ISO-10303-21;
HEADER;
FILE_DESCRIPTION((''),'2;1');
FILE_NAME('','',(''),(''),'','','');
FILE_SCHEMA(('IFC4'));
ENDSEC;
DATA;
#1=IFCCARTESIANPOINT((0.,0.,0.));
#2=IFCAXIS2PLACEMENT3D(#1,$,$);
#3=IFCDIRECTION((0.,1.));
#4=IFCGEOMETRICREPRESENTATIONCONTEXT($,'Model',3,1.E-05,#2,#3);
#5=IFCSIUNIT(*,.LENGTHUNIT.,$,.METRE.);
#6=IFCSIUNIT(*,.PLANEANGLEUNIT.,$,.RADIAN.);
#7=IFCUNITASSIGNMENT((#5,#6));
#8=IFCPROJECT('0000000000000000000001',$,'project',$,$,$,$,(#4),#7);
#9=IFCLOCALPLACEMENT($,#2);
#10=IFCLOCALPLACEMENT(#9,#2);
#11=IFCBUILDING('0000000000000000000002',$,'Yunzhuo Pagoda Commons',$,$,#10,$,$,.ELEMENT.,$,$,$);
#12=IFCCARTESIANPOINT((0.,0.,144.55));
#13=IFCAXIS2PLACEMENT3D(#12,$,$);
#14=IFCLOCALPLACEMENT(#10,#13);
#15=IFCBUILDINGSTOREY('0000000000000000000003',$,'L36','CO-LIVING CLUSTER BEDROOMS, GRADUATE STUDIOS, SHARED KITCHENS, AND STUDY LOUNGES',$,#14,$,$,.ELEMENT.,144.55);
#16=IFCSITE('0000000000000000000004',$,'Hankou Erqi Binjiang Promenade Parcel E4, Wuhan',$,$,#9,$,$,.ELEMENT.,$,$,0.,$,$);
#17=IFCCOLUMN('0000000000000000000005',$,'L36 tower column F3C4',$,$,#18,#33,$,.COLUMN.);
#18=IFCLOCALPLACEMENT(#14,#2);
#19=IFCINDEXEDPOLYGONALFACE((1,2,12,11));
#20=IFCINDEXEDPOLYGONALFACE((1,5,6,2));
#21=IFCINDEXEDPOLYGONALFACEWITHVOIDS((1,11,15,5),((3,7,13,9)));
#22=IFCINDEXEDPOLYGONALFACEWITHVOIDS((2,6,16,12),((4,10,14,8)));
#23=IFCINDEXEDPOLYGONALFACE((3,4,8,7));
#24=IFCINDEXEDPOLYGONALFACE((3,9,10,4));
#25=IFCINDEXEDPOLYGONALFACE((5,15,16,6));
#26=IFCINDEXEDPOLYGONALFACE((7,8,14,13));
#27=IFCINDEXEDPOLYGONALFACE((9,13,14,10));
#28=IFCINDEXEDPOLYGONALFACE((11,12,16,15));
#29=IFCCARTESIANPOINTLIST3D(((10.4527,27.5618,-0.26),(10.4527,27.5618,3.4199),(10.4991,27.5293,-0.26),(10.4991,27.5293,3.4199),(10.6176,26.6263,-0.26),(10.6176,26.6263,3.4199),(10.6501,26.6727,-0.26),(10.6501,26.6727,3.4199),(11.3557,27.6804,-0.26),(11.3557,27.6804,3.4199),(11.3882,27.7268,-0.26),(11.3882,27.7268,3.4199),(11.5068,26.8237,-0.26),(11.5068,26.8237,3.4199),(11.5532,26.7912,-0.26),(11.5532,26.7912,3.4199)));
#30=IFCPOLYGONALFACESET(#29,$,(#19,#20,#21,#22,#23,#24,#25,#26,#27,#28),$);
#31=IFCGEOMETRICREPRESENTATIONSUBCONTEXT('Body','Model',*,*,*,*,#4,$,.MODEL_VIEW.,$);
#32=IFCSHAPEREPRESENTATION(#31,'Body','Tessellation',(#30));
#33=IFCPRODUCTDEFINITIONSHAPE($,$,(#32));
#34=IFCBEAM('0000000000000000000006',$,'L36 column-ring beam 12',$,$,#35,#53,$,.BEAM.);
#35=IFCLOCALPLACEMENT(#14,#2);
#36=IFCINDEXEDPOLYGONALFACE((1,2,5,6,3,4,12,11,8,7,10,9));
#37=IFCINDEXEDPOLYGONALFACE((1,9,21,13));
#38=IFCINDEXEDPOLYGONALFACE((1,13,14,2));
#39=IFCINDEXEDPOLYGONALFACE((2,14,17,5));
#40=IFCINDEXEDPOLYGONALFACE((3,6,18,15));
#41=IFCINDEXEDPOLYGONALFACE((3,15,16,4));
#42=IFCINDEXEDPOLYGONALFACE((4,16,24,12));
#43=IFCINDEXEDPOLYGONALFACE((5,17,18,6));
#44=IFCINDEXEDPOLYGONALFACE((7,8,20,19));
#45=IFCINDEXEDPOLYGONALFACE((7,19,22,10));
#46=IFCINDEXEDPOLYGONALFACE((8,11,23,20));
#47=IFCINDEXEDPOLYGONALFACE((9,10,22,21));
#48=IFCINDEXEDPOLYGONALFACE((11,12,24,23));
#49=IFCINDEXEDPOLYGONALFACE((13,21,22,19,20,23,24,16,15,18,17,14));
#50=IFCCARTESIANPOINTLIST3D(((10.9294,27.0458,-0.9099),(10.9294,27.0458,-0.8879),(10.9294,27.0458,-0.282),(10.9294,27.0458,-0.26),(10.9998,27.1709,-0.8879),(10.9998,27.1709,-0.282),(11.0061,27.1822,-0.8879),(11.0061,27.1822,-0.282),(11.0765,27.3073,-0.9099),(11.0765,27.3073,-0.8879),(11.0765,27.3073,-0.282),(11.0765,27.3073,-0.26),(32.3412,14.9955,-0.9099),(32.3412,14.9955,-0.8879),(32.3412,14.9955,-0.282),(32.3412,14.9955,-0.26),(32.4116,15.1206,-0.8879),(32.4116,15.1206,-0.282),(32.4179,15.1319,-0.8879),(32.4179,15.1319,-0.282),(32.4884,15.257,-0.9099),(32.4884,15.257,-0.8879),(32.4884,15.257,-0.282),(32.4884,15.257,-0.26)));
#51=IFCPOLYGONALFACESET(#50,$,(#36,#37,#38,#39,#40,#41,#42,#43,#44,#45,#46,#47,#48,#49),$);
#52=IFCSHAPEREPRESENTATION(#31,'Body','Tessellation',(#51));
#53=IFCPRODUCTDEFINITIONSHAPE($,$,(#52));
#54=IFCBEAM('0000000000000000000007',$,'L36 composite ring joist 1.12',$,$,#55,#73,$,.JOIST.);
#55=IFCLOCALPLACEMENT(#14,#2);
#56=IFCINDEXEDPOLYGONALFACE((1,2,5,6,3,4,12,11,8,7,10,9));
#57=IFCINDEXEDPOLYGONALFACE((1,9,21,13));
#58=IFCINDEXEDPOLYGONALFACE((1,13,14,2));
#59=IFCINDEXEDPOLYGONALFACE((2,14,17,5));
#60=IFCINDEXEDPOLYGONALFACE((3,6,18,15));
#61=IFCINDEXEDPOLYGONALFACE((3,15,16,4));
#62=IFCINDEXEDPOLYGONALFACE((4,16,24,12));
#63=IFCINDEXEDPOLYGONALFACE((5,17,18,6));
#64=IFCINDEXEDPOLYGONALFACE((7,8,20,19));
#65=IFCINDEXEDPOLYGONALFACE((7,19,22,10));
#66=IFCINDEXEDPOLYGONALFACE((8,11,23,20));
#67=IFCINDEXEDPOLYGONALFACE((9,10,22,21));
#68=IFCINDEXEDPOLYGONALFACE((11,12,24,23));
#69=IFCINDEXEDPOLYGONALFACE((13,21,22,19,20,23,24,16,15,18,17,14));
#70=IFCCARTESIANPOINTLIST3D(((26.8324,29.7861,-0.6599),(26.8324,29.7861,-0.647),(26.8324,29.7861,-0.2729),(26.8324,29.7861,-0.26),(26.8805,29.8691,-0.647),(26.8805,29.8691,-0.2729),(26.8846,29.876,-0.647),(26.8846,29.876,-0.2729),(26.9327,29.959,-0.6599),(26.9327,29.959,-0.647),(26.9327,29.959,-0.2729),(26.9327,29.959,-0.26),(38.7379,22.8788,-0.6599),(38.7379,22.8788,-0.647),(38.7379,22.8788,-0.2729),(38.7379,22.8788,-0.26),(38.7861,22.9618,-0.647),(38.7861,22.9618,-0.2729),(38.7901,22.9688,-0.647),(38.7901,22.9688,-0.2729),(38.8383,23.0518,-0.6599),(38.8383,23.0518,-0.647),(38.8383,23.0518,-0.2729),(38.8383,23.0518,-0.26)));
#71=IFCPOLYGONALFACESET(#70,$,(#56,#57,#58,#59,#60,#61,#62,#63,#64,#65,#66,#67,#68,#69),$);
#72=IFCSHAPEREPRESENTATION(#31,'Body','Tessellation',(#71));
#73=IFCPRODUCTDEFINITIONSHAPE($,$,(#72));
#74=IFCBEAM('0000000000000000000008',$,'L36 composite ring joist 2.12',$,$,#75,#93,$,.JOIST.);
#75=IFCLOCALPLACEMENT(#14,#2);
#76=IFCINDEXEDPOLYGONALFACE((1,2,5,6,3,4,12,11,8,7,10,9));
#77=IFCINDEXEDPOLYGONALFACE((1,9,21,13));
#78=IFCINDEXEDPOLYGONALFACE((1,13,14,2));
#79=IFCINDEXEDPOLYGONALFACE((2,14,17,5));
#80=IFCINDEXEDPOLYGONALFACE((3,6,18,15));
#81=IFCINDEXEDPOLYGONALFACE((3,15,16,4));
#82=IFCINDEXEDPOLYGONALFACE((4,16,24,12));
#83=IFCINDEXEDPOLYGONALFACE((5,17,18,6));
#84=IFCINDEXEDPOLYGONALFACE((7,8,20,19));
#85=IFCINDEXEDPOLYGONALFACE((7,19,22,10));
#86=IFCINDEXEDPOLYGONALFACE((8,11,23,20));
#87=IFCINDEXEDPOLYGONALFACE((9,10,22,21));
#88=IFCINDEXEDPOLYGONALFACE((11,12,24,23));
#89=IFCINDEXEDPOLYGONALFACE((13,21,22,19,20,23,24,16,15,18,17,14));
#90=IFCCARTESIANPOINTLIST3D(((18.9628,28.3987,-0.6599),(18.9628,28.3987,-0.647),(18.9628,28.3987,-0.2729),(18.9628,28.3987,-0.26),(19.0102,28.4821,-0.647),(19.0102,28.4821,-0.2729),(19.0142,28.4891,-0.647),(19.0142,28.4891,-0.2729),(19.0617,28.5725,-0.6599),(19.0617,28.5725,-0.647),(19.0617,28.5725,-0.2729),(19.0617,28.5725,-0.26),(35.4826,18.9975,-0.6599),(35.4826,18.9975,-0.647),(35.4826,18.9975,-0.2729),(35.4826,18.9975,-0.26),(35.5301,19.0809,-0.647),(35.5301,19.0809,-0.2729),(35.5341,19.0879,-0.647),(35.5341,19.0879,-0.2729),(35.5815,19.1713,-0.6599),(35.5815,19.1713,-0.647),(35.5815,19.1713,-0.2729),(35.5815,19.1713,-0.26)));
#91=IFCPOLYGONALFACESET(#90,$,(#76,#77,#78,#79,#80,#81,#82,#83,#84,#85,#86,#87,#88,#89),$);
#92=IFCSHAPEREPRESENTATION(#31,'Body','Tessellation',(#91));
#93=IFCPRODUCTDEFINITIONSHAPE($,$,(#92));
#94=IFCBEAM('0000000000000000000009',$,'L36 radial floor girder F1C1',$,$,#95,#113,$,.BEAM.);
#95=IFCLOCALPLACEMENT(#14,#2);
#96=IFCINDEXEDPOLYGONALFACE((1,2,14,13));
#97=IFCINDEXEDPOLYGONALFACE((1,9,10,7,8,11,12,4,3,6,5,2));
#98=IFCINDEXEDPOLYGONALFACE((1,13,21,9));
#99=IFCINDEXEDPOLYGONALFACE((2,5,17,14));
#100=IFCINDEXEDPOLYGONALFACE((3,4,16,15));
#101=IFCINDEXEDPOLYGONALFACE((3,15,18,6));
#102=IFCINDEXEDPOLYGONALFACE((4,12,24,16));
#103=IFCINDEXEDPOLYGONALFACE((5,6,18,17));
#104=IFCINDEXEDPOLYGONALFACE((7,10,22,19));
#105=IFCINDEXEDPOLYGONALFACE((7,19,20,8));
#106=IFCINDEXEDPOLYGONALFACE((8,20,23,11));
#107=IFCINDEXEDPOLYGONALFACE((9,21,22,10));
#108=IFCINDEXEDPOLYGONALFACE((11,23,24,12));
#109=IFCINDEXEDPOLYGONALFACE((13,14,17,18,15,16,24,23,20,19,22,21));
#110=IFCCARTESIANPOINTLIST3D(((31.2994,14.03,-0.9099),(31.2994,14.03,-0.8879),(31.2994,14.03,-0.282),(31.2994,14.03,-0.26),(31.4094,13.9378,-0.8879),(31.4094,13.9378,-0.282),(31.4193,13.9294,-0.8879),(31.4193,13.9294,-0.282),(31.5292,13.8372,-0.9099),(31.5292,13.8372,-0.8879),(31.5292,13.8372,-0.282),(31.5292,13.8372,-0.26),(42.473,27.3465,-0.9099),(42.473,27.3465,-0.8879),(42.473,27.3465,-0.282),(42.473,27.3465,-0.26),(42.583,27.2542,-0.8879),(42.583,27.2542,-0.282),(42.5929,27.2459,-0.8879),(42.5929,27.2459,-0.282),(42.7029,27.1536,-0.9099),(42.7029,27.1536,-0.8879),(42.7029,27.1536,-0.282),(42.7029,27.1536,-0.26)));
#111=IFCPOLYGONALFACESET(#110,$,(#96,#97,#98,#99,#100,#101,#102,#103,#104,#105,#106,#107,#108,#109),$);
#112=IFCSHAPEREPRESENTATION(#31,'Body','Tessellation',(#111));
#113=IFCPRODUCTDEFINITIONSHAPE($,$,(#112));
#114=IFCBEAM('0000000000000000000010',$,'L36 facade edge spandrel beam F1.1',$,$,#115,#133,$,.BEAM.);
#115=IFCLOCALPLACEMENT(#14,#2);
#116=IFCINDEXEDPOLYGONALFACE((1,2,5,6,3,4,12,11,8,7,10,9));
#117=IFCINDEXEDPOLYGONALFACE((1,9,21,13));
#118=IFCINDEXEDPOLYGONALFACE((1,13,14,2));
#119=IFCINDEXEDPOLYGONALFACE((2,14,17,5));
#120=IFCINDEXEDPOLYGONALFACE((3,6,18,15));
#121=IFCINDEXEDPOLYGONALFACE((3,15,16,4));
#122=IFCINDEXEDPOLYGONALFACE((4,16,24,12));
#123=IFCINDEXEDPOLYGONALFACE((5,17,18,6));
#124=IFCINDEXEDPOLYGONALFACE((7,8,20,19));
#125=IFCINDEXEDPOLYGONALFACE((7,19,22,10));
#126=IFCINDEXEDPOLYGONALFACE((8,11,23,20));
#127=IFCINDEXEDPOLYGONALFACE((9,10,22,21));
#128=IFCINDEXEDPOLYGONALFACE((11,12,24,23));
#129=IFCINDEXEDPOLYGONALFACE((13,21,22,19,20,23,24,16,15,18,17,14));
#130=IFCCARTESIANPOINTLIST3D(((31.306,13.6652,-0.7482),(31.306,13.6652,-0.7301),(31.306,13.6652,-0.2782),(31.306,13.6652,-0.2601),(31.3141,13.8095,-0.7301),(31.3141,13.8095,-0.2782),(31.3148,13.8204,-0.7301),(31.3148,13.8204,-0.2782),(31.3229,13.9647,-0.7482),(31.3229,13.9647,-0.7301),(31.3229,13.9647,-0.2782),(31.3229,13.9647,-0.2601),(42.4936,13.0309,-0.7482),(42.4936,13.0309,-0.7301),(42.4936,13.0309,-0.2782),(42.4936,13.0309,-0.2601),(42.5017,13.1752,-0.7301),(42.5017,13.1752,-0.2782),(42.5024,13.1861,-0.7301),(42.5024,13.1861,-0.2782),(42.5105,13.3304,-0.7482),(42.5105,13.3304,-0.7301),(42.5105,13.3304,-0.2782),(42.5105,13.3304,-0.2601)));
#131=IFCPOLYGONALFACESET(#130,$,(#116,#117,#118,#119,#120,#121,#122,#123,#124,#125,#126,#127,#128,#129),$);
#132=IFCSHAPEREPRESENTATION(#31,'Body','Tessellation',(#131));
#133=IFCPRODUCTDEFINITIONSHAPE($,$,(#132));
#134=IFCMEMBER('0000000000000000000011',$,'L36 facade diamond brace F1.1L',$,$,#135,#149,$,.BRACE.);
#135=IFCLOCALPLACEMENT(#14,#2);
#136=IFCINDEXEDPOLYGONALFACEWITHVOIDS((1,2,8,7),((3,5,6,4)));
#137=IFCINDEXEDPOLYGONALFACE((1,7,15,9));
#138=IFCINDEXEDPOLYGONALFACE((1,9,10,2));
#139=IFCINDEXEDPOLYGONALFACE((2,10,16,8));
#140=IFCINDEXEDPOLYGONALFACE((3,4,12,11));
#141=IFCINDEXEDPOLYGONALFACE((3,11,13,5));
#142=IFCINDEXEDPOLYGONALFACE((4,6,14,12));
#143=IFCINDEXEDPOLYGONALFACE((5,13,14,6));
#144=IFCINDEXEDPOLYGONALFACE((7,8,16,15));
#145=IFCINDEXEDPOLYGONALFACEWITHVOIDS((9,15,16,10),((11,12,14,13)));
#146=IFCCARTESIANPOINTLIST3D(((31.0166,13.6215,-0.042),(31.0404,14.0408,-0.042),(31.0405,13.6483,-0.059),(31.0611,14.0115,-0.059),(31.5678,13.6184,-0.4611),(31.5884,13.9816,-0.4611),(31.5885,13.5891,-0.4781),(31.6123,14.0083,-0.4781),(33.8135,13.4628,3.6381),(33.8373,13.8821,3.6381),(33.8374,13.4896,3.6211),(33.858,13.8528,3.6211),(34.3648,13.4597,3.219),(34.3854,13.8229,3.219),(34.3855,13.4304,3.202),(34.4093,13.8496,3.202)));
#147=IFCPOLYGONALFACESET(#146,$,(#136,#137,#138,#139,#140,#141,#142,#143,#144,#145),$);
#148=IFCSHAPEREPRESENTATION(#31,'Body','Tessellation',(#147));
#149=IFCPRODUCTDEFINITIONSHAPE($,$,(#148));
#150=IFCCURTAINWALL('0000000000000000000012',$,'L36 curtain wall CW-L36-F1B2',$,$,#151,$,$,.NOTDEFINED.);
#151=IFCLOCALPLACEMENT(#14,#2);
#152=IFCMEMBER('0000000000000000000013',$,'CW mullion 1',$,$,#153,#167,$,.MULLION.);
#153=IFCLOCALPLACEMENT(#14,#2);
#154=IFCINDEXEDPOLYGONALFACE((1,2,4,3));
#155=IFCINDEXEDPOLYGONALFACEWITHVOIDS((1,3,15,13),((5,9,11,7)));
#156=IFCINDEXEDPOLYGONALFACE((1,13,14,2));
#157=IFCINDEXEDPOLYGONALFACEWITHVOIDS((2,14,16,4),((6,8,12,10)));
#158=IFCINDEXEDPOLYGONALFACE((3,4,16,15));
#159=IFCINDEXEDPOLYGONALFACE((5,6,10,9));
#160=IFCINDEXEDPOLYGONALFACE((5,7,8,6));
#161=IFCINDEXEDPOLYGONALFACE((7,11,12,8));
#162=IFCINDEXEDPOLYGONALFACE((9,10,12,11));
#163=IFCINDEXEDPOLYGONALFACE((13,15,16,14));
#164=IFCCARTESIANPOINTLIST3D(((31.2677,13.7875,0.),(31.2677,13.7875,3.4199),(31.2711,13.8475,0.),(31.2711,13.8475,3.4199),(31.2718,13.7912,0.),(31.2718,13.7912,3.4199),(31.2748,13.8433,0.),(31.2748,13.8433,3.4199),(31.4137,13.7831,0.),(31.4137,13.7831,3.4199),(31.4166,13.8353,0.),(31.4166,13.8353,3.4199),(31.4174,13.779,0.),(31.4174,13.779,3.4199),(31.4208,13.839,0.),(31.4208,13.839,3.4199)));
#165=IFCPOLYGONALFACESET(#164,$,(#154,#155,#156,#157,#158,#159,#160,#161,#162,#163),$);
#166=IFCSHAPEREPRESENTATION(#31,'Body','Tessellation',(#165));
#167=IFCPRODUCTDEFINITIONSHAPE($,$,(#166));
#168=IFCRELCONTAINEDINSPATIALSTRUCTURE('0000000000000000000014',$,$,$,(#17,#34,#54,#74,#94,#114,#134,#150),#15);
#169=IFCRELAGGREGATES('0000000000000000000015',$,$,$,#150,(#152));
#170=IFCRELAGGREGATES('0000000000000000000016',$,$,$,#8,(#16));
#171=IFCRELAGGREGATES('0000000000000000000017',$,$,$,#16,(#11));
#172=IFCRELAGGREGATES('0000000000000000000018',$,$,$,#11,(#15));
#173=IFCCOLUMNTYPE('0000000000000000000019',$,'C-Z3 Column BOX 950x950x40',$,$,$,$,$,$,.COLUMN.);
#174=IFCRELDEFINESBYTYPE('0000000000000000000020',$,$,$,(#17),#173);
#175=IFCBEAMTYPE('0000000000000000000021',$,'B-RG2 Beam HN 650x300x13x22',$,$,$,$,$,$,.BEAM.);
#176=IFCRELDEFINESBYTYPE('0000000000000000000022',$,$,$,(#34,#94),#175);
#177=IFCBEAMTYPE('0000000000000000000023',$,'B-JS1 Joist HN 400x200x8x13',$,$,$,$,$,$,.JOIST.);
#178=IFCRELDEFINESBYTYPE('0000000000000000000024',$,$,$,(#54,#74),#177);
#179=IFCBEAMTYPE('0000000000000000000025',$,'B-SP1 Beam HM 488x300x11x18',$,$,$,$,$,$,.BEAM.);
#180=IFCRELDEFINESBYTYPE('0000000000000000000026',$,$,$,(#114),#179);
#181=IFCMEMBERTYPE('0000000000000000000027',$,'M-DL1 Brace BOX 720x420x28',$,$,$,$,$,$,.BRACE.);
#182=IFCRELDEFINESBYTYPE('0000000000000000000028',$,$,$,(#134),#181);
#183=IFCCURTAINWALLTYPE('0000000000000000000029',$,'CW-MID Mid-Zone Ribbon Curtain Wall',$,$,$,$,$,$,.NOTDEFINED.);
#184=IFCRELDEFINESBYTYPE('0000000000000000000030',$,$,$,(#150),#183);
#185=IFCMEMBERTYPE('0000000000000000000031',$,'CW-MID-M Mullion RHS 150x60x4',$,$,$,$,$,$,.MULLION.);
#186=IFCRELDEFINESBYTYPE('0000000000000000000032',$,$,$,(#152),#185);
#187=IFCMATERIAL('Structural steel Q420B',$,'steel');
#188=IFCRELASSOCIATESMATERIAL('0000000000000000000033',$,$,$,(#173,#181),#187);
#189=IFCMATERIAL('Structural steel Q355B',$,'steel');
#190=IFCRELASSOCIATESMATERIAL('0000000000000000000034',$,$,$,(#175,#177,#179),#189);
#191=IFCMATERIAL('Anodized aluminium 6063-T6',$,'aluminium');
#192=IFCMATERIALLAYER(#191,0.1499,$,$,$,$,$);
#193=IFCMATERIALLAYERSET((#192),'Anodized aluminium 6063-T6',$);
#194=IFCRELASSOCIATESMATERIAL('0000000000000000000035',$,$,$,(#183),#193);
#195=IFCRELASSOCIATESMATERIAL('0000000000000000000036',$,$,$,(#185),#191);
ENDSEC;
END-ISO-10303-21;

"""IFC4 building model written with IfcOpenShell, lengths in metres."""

from ifc_helpers import new_model, si_unit, direction, frame, origin, origin_2d, place, context, subcontext, project, spatial, hollow_rectangle, i_section, extrude, source, transform, mapped, material, layer, layer_set, material_profile, profile_set, type_object, element, aggregate, save


model = new_model("IFC4")

# Units and contexts
model_context = context("Model", 3, precision=1e-05, world=origin(), true_north=direction((0.0, 1.0)))
body_context = subcontext(model_context, "Body", "Model", "MODEL_VIEW")
ifc_project = project(units=[si_unit("LENGTHUNIT", "METRE"), si_unit("PLANEANGLEUNIT", "RADIAN")], contexts=[model_context])

# Site, building, storey
site_placement = place(None, origin())
site = spatial("IfcSite", under=ifc_project, at=site_placement, Name="Hankou Erqi Binjiang Promenade Parcel E4, Wuhan", CompositionType="ELEMENT", RefElevation=0.0)
building_placement = place(site_placement, origin())
building = spatial("IfcBuilding", under=site, at=building_placement, Name="Yunzhuo Pagoda Commons", CompositionType="ELEMENT")
storey_placement = place(building_placement, frame((0.0, 0.0, 144.55)))
storey = spatial("IfcBuildingStorey", under=building, at=storey_placement, Name="L36", Description="CO-LIVING CLUSTER BEDROOMS, GRADUATE STUDIOS, SHARED KITCHENS, AND STUDY LOUNGES", CompositionType="ELEMENT", Elevation=144.55)

# Column
ifc_material_1 = material(Name="Structural steel Q420B", Category="steel")
ifc_material_profile_1 = material_profile(ifc_material_1, hollow_rectangle(XDim=0.95, YDim=0.95, WallThickness=0.04, at=origin_2d()), Name="Structural steel Q420B")
ifc_profile_set_1 = profile_set([ifc_material_profile_1], Name="Structural steel Q420B")
column_type = type_object("IfcColumnType", Name="C-Z3 Column BOX 950x950x40", PredefinedType="COLUMN", material=ifc_profile_set_1)
shared_shape_1 = source(origin(), body_context, "Body", "SweptSolid", [
    extrude(hollow_rectangle(XDim=0.95, YDim=0.95, WallThickness=0.04, at=origin_2d()), origin(), (0.0, 0.0, 1.0), 3.6799),
])
column_placement = place(storey_placement, frame((11.0029, 27.1765, -0.26), z_axis=(0.0, 0.0, 1.0), x_axis=(0.173648, -0.984808, 0.0)))
element("IfcColumn", 1, at=column_placement, inside=storey, type_object=column_type, Name="L36 tower column F3C4", PredefinedType="COLUMN", context=body_context, shape_type="MappedRepresentation", body=[
    mapped(shared_shape_1, transform((0.0, 0.0, 0.0), scale=1.0)),
])

# Beams
ifc_material_2 = material(Name="Structural steel Q355B", Category="steel")
ifc_material_profile_2 = material_profile(ifc_material_2, i_section(OverallWidth=0.3, OverallDepth=0.6499, WebThickness=0.0129, FlangeThickness=0.022, at=origin_2d()), Name="Structural steel Q355B")
ifc_profile_set_2 = profile_set([ifc_material_profile_2], Name="Structural steel Q355B")
beam_type_1 = type_object("IfcBeamType", Name="B-RG2 Beam HN 650x300x13x22", PredefinedType="BEAM", material=ifc_profile_set_2)
shared_shape_2 = source(origin(), body_context, "Body", "SweptSolid", [
    extrude(i_section(OverallWidth=0.3, OverallDepth=0.6499, WebThickness=0.0129, FlangeThickness=0.022, at=origin_2d()), origin(), (0.0, 0.0, 1.0), 24.5698),
])
beam_1_placement = place(storey_placement, frame((11.0029, 27.1765, -0.585), z_axis=(0.871469, -0.49045, 0.0), x_axis=(0.49045, 0.871469, 0.0)))
element("IfcBeam", 2, at=beam_1_placement, inside=storey, type_object=beam_type_1, Name="L36 column-ring beam 12", PredefinedType="BEAM", context=body_context, shape_type="MappedRepresentation", body=[
    mapped(shared_shape_2, transform((0.0, 0.0, 0.0), scale=1.0)),
])
ifc_material_profile_3 = material_profile(ifc_material_2, i_section(OverallWidth=0.2, OverallDepth=0.3999, WebThickness=0.0081, FlangeThickness=0.0129, at=origin_2d()), Name="Structural steel Q355B")
ifc_profile_set_3 = profile_set([ifc_material_profile_3], Name="Structural steel Q355B")
beam_type_2 = type_object("IfcBeamType", Name="B-JS1 Joist HN 400x200x8x13", PredefinedType="JOIST", material=ifc_profile_set_3)
shared_shape_3 = source(origin(), body_context, "Body", "SweptSolid", [
    extrude(i_section(OverallWidth=0.2, OverallDepth=0.3999, WebThickness=0.0081, FlangeThickness=0.0129, at=origin_2d()), origin(), (0.0, 0.0, 1.0), 13.7642),
])
beam_2_placement = place(storey_placement, frame((26.8826, 29.8726, -0.46), z_axis=(0.864967, -0.501828, 0.0), x_axis=(0.501828, 0.864967, 0.0)))
element("IfcBeam", 3, at=beam_2_placement, inside=storey, type_object=beam_type_2, Name="L36 composite ring joist 1.12", PredefinedType="JOIST", context=body_context, shape_type="MappedRepresentation", body=[
    mapped(shared_shape_3, transform((0.0, 0.0, 0.0), scale=1.0)),
])
shared_shape_4 = source(origin(), body_context, "Body", "SweptSolid", [
    extrude(i_section(OverallWidth=0.2, OverallDepth=0.3999, WebThickness=0.0081, FlangeThickness=0.0129, at=origin_2d()), origin(), (0.0, 0.0, 1.0), 19.0076),
])
beam_3_placement = place(storey_placement, frame((19.0122, 28.4856, -0.46), z_axis=(0.86912, -0.494601, 0.0), x_axis=(0.494601, 0.86912, 0.0)))
element("IfcBeam", 4, at=beam_3_placement, inside=storey, type_object=beam_type_2, Name="L36 composite ring joist 2.12", PredefinedType="JOIST", context=body_context, shape_type="MappedRepresentation", body=[
    mapped(shared_shape_4, transform((0.0, 0.0, 0.0), scale=1.0)),
])
shared_shape_5 = source(origin(), body_context, "Body", "SweptSolid", [
    extrude(i_section(OverallWidth=0.3, OverallDepth=0.6499, WebThickness=0.0129, FlangeThickness=0.022, at=origin_2d()), origin(), (0.0, 0.0, 1.0), 17.3833),
])
beam_4_placement = place(storey_placement, frame((31.4143, 13.9336, -0.585), z_axis=(0.642781, 0.76605, 0.0), x_axis=(-0.76605, 0.642781, 0.0)))
element("IfcBeam", 5, at=beam_4_placement, inside=storey, type_object=beam_type_1, Name="L36 radial floor girder F1C1", PredefinedType="BEAM", context=body_context, shape_type="MappedRepresentation", body=[
    mapped(shared_shape_5, transform((0.0, 0.0, 0.0), scale=1.0)),
])
ifc_material_profile_4 = material_profile(ifc_material_2, i_section(OverallWidth=0.3, OverallDepth=0.488, WebThickness=0.011, FlangeThickness=0.0181, at=origin_2d()), Name="Structural steel Q355B")
ifc_profile_set_4 = profile_set([ifc_material_profile_4], Name="Structural steel Q355B")
beam_type_3 = type_object("IfcBeamType", Name="B-SP1 Beam HM 488x300x11x18", PredefinedType="BEAM", material=ifc_profile_set_4)
shared_shape_6 = source(origin(), body_context, "Body", "SweptSolid", [
    extrude(i_section(OverallWidth=0.3, OverallDepth=0.488, WebThickness=0.011, FlangeThickness=0.0181, at=origin_2d()), origin(), (0.0, 0.0, 1.0), 11.2056),
])
beam_5_placement = place(storey_placement, frame((31.3145, 13.8149, -0.5042), z_axis=(0.998397, -0.056604, 0.0), x_axis=(0.056604, 0.998397, 0.0)))
element("IfcBeam", 6, at=beam_5_placement, inside=storey, type_object=beam_type_3, Name="L36 facade edge spandrel beam F1.1", PredefinedType="BEAM", context=body_context, shape_type="MappedRepresentation", body=[
    mapped(shared_shape_6, transform((0.0, 0.0, 0.0), scale=1.0)),
])

# Member
ifc_material_profile_5 = material_profile(ifc_material_1, hollow_rectangle(XDim=0.4199, YDim=0.72, WallThickness=0.0281, at=origin_2d()), Name="Structural steel Q420B")
ifc_profile_set_5 = profile_set([ifc_material_profile_5], Name="Structural steel Q420B")
member_type_1 = type_object("IfcMemberType", Name="M-DL1 Brace BOX 720x420x28", PredefinedType="BRACE", material=ifc_profile_set_5)
shared_shape_7 = source(origin(), body_context, "Body", "SweptSolid", [
    extrude(hollow_rectangle(XDim=0.4199, YDim=0.72, WallThickness=0.0281, at=origin_2d()), origin(), (0.0, 0.0, 1.0), 4.625),
])
member_1_placement = place(storey_placement, frame((31.3145, 13.8149, -0.26), z_axis=(0.604744, -0.034312, 0.79568), x_axis=(0.056648, 0.998394, 0.0)))
element("IfcMember", 7, at=member_1_placement, inside=storey, type_object=member_type_1, Name="L36 facade diamond brace F1.1L", PredefinedType="BRACE", context=body_context, shape_type="MappedRepresentation", body=[
    mapped(shared_shape_7, transform((0.0, 0.0, 0.0), scale=1.0)),
])

# Curtain wall, member
ifc_material_3 = material(Name="Anodized aluminium 6063-T6", Category="aluminium")
ifc_layer_1 = layer(ifc_material_3, 0.1499)
ifc_layer_set_1 = layer_set([ifc_layer_1], Name="Anodized aluminium 6063-T6")
curtain_wall_type = type_object("IfcCurtainWallType", Name="CW-MID Mid-Zone Ribbon Curtain Wall", PredefinedType="NOTDEFINED", material=ifc_layer_set_1)
curtain_wall_1_placement = place(storey_placement, origin())
curtain_wall_1 = element("IfcCurtainWall", 8, at=curtain_wall_1_placement, inside=storey, type_object=curtain_wall_type, Name="L36 curtain wall CW-L36-F1B2", PredefinedType="NOTDEFINED")
ifc_material_profile_6 = material_profile(ifc_material_3, hollow_rectangle(XDim=0.0601, YDim=0.1499, WallThickness=0.0039, at=origin_2d()), Name="Anodized aluminium 6063-T6")
ifc_profile_set_6 = profile_set([ifc_material_profile_6], Name="Anodized aluminium 6063-T6")
member_type_2 = type_object("IfcMemberType", Name="CW-MID-M Mullion RHS 150x60x4", PredefinedType="MULLION", material=ifc_profile_set_6)
shared_shape_8 = source(origin(), body_context, "Body", "SweptSolid", [
    extrude(hollow_rectangle(XDim=0.0601, YDim=0.1499, WallThickness=0.0039, at=origin_2d()), origin(), (0.0, 0.0, 1.0), 3.4199),
])
member_2_placement = place(storey_placement, frame((31.3442, 13.8132, 0.0), z_axis=(0.0, 0.0, 1.0), x_axis=(0.056597, 0.998397, 0.0)))
member_2 = element("IfcMember", 9, at=member_2_placement, type_object=member_type_2, Name="CW mullion 1", PredefinedType="MULLION", context=body_context, shape_type="MappedRepresentation", body=[
    mapped(shared_shape_8, transform((0.0, 0.0, 0.0), scale=1.0)),
])

aggregate(curtain_wall_1, [member_2])

save(model, "model.ifc")
